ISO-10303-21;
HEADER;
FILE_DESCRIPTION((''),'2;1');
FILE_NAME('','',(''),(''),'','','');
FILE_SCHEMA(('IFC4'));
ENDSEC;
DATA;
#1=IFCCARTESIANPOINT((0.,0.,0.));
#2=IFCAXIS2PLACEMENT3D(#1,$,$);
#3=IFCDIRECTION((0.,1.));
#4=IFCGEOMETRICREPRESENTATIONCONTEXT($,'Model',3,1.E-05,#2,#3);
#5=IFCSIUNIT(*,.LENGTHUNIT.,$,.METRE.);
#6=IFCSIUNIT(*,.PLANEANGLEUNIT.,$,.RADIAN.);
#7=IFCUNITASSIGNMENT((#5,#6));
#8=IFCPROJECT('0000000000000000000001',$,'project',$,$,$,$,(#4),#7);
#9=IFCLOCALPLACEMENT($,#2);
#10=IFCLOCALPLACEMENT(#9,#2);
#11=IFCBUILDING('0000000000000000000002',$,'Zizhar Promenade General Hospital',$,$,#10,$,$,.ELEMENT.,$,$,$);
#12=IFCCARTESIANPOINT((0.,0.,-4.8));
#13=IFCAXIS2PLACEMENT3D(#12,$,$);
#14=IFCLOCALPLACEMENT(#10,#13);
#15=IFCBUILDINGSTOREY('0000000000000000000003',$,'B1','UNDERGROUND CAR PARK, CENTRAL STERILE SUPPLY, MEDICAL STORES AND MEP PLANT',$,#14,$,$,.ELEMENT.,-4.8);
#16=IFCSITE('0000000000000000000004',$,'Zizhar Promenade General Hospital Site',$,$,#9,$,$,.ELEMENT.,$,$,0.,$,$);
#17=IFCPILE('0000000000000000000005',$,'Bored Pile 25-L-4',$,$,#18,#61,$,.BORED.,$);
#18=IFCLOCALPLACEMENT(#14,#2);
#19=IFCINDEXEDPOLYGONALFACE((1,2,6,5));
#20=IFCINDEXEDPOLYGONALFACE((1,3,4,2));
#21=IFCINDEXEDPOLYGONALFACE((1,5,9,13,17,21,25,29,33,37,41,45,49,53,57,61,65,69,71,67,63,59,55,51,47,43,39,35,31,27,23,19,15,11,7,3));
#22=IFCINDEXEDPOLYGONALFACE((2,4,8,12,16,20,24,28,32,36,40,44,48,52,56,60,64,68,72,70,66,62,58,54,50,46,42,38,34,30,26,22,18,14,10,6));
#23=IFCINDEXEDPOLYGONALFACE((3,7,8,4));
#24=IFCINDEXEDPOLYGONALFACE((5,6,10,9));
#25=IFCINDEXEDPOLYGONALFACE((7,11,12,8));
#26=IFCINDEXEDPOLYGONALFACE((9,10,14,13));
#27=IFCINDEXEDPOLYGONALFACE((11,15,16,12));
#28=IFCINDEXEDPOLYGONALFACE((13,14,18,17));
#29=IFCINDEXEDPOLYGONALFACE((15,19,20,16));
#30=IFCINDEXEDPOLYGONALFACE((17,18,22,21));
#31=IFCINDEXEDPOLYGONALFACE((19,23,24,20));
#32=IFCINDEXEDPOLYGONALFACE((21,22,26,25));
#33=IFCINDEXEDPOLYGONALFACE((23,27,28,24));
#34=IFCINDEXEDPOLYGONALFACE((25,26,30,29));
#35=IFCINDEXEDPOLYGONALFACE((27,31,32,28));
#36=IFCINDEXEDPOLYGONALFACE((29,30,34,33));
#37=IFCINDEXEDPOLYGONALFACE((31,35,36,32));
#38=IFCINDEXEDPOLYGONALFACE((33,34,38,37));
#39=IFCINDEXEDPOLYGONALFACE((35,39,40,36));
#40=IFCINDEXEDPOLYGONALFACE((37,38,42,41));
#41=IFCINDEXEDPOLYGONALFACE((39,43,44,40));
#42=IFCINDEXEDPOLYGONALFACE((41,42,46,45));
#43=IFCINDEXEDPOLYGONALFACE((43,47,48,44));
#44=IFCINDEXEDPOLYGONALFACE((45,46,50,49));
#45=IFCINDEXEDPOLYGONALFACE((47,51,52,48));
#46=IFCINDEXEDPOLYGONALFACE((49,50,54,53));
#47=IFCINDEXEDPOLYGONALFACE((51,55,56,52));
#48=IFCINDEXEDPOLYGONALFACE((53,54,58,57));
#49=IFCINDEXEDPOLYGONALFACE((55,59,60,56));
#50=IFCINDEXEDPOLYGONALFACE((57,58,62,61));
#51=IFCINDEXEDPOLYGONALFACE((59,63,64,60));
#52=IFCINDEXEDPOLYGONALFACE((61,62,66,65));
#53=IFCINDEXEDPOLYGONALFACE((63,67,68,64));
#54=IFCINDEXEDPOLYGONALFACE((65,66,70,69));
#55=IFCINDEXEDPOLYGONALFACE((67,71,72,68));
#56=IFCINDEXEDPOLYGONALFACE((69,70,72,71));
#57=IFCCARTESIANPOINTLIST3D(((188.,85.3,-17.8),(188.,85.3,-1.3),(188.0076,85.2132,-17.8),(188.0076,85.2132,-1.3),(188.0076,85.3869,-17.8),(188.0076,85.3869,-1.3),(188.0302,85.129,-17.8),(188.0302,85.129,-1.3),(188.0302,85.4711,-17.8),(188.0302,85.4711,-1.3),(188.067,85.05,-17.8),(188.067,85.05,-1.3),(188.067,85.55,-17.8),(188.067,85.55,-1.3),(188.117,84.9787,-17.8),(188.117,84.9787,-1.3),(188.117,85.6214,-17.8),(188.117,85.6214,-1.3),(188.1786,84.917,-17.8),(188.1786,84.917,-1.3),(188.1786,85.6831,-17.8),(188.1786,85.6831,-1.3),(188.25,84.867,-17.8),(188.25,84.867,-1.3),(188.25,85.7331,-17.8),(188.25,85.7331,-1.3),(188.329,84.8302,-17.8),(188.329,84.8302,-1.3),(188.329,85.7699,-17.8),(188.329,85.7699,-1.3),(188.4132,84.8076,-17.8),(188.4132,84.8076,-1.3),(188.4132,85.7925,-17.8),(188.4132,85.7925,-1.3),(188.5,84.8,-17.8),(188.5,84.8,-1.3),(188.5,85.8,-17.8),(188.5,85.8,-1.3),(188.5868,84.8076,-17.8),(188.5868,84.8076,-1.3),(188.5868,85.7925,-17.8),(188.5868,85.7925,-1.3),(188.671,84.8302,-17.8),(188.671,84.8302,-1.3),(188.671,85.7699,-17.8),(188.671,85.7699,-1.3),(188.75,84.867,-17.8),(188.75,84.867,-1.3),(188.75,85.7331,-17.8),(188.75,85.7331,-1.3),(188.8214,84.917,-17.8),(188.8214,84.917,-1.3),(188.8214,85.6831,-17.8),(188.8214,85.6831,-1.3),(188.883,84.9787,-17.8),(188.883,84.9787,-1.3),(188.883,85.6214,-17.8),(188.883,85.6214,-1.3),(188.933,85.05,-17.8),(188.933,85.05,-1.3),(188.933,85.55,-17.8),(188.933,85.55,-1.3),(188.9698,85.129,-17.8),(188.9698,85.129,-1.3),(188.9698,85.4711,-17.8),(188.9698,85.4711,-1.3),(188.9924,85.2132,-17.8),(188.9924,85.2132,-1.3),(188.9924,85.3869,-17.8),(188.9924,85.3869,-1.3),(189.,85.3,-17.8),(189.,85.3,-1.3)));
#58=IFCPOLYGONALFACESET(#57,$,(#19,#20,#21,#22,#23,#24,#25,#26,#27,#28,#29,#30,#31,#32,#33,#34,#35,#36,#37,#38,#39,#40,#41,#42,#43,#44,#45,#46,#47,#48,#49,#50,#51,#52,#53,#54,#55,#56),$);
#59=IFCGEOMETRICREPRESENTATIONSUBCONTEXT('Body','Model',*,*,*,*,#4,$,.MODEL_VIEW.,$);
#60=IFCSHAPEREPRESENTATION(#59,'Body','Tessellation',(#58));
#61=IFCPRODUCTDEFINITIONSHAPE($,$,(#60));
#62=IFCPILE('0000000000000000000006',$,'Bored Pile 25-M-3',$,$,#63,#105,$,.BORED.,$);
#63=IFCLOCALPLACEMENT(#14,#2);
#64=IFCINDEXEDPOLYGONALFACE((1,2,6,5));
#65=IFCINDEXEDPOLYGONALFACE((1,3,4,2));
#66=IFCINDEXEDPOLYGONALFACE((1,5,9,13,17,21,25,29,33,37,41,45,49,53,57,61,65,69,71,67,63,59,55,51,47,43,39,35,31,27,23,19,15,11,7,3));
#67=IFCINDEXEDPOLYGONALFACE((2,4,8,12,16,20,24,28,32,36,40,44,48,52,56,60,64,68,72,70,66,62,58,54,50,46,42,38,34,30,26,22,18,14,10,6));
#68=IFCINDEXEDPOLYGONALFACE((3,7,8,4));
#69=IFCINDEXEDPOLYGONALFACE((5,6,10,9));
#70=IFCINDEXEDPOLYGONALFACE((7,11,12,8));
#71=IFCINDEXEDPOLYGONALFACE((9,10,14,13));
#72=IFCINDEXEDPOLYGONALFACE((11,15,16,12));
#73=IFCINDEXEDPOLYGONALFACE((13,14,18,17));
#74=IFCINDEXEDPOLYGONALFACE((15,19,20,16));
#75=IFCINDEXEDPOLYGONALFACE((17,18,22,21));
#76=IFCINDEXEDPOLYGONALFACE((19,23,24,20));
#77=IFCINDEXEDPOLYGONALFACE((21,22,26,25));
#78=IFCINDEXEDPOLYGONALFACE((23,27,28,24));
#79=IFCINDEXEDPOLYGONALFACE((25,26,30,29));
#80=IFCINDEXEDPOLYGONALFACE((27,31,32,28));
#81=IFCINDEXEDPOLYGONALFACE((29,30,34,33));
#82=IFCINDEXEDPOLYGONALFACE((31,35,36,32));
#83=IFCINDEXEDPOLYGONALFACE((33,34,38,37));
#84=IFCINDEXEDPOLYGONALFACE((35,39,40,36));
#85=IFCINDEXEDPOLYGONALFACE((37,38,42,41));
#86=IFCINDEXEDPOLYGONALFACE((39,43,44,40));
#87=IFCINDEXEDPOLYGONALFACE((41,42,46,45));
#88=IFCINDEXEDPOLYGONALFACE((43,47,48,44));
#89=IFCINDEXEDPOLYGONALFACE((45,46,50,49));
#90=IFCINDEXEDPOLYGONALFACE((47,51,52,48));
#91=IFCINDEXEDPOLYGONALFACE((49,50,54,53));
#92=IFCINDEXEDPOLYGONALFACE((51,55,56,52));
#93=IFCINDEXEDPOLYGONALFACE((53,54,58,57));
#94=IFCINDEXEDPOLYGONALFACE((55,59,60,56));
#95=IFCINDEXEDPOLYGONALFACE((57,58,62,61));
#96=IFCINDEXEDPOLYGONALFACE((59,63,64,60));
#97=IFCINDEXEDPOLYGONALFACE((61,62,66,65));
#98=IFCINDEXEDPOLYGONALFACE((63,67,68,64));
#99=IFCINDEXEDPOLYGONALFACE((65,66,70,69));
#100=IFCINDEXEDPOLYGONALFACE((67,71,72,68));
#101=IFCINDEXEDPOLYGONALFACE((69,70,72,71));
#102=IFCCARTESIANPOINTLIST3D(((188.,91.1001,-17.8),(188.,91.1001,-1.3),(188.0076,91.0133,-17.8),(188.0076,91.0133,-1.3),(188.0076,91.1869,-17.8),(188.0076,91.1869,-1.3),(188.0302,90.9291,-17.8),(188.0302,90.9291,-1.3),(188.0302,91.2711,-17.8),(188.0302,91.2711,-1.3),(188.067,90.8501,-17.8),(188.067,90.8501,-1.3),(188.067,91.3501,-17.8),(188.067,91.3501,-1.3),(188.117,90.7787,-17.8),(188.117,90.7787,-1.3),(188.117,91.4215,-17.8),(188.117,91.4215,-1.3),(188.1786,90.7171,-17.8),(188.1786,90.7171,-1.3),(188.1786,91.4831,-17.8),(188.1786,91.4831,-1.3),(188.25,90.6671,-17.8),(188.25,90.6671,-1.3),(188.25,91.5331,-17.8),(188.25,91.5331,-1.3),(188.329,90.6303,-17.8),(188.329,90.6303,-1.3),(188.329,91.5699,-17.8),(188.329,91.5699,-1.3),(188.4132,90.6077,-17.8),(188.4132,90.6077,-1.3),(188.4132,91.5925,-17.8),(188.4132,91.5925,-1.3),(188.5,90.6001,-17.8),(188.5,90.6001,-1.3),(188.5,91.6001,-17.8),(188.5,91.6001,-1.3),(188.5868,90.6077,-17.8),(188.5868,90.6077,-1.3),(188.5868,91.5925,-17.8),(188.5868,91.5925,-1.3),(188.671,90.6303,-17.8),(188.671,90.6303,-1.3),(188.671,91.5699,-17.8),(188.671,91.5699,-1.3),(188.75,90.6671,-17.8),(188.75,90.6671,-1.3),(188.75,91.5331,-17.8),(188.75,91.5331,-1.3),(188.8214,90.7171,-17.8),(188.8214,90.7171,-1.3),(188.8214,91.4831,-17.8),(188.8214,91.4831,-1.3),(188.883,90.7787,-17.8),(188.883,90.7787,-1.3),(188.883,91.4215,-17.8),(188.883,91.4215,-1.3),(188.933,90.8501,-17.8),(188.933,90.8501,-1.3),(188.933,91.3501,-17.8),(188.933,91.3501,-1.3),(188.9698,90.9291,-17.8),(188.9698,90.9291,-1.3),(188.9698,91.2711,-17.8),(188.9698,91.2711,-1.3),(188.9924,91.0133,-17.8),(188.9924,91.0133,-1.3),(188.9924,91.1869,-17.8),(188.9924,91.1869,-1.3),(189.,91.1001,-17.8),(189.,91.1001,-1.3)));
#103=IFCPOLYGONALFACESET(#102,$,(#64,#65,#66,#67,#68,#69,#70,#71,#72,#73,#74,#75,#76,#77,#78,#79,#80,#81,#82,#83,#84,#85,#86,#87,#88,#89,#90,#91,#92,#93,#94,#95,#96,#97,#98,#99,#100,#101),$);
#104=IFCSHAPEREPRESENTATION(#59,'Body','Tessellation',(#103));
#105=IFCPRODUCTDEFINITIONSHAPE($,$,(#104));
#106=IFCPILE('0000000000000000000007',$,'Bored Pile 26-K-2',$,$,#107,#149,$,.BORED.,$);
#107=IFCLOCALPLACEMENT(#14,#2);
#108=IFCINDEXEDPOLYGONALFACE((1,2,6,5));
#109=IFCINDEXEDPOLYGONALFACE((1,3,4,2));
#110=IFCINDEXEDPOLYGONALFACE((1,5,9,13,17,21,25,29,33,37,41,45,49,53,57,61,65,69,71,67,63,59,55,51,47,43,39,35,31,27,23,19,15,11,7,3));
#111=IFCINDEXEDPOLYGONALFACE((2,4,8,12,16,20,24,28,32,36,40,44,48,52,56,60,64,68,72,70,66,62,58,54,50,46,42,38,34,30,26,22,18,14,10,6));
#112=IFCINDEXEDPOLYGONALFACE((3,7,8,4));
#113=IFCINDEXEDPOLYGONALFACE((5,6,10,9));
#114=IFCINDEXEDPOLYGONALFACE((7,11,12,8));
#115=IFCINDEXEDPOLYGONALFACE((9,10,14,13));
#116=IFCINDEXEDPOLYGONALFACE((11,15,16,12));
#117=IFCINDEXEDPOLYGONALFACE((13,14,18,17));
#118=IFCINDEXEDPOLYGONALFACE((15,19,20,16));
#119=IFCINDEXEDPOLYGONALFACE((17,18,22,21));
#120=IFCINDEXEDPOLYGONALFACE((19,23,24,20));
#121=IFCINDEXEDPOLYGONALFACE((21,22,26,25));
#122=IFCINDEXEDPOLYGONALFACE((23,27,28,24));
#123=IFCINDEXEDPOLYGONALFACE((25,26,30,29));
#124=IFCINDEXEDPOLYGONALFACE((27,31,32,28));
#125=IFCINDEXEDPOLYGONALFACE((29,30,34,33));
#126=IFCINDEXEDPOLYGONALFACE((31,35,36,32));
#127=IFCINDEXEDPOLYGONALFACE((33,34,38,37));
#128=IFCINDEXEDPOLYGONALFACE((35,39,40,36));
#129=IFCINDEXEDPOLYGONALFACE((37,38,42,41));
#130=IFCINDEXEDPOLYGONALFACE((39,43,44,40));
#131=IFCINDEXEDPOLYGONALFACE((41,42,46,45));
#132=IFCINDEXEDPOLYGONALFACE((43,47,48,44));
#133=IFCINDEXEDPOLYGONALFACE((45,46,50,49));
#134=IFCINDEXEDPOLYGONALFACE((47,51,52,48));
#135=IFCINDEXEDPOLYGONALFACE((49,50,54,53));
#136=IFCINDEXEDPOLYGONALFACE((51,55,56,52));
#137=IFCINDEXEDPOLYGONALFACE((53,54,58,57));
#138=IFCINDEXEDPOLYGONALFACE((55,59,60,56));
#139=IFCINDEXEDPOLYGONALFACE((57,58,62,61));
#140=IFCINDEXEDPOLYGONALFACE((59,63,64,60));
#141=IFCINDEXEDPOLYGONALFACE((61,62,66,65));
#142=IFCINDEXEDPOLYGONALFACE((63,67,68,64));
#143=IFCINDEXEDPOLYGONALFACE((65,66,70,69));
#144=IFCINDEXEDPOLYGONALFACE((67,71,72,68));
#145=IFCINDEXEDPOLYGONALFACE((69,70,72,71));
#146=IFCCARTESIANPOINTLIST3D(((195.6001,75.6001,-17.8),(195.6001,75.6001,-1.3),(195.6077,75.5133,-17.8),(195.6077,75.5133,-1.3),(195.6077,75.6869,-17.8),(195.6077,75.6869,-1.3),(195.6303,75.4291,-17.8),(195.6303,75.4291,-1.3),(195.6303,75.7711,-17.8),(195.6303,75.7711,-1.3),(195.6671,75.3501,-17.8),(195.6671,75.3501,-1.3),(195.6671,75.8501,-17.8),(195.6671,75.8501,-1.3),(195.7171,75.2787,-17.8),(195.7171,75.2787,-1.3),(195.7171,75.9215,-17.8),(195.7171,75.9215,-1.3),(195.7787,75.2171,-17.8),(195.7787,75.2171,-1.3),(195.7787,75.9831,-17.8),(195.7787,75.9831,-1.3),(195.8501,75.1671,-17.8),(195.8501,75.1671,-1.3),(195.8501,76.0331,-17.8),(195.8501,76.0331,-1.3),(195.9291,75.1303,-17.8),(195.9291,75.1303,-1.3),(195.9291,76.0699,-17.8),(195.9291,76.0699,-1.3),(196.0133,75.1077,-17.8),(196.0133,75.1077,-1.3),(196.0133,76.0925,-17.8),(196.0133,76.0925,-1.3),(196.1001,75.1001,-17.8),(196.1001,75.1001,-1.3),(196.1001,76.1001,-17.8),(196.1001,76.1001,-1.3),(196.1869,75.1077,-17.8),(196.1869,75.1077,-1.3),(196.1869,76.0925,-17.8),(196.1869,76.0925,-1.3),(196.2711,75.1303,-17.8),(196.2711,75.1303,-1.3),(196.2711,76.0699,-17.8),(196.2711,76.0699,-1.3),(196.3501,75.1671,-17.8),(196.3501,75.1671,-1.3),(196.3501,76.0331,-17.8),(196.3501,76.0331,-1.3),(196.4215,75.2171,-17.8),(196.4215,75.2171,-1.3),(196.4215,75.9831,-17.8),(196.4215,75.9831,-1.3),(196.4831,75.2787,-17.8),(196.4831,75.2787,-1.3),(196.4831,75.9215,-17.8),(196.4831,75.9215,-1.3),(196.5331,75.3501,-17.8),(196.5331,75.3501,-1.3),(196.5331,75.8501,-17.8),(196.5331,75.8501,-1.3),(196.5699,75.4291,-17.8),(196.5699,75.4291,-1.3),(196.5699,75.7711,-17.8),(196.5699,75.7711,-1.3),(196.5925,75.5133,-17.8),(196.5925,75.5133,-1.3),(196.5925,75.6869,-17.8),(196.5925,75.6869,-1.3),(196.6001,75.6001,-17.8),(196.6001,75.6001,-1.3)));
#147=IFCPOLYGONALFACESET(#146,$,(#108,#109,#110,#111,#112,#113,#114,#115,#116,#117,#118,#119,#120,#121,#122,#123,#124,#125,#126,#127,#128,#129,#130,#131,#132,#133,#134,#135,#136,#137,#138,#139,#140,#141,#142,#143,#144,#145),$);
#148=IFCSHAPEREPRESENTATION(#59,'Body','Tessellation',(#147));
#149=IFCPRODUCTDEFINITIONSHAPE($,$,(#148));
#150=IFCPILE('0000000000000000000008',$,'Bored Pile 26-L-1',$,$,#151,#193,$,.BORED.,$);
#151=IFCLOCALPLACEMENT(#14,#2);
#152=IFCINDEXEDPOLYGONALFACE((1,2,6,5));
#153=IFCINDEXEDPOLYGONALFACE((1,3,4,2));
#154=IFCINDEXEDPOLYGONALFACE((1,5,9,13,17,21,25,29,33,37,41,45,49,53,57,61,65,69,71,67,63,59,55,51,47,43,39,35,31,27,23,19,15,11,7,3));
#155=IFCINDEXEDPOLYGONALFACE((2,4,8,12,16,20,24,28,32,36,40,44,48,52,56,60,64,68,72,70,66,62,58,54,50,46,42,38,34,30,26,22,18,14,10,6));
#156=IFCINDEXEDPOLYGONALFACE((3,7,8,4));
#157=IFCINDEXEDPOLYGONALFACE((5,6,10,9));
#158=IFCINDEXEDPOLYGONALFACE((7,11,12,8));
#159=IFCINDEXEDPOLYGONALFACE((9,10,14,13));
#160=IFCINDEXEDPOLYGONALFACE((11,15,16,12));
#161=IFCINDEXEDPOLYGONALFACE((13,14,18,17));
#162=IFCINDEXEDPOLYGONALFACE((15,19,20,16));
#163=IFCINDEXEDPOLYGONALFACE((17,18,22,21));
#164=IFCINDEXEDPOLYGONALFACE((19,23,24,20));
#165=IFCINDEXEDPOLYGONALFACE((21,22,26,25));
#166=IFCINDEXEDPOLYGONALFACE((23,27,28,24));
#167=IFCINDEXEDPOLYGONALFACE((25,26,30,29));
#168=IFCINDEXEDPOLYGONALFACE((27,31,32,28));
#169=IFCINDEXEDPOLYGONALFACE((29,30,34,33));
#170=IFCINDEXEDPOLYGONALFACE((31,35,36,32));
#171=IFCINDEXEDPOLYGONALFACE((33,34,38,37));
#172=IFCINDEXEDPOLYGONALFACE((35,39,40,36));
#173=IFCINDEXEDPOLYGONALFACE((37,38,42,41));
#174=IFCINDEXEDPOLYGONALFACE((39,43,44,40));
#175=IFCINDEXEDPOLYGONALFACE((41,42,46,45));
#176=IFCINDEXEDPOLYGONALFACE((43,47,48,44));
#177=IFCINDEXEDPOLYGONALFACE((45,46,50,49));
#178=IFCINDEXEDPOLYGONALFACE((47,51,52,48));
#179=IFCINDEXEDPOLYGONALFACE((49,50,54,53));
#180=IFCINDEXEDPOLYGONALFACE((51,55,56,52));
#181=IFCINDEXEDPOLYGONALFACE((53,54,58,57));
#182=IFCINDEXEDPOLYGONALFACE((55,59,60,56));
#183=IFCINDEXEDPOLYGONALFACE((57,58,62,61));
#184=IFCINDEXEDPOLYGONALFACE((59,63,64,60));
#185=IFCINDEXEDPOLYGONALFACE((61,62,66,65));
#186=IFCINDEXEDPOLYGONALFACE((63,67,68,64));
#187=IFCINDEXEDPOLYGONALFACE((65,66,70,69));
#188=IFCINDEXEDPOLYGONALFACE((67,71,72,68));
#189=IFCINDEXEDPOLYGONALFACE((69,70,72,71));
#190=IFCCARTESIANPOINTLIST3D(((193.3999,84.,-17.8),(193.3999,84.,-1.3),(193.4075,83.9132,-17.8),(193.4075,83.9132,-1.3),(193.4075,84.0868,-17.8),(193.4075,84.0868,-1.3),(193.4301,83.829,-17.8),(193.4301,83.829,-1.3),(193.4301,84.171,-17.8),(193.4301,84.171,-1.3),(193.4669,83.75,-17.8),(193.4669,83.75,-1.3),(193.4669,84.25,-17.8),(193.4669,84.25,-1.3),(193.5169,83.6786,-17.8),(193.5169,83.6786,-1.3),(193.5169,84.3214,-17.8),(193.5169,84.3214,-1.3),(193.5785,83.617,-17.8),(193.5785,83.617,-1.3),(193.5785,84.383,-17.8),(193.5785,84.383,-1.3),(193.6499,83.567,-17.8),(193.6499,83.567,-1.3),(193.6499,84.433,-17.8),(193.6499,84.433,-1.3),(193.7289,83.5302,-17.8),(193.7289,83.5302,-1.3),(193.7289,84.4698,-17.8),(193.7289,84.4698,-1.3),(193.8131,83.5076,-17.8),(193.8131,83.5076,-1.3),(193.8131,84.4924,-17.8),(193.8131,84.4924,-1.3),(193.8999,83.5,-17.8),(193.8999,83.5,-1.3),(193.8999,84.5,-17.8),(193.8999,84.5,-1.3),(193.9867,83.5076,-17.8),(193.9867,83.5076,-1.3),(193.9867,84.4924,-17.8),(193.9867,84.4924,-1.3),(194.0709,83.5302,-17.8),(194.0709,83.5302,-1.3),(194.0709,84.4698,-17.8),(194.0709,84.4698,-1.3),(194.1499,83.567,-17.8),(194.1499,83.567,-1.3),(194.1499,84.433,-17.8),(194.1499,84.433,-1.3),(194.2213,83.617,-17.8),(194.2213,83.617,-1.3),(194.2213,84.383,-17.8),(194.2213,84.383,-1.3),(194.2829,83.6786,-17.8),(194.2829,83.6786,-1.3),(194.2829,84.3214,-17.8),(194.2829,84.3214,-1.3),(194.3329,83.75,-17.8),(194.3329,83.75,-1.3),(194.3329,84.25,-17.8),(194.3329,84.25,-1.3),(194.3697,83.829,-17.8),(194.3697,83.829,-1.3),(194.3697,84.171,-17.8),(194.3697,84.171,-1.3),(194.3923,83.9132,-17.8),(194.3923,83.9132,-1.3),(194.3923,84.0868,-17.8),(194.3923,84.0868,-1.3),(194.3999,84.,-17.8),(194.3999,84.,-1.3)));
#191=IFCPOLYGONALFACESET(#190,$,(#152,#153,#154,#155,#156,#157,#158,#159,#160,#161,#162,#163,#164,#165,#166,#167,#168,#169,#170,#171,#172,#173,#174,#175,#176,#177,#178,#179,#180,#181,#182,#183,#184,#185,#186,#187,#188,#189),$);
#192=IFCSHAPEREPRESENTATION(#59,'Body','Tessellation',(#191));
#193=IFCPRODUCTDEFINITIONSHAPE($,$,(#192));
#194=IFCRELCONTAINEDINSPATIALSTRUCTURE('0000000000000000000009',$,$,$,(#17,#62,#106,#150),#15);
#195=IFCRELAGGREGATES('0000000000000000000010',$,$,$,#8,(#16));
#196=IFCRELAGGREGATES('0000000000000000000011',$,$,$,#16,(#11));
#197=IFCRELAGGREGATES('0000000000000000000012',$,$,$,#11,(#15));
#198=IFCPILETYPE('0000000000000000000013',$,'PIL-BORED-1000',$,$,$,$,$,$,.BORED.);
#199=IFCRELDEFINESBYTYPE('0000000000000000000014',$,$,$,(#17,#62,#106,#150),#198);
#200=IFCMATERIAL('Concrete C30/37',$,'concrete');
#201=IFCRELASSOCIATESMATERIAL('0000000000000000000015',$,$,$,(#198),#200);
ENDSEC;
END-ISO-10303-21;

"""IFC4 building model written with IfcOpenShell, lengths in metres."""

from ifc_helpers import new_model, si_unit, direction, frame, origin, origin_2d, place, context, subcontext, project, spatial, circle, extrude, material, material_profile, profile_set, type_object, element, save


model = new_model("IFC4")

# Units and contexts
model_context = context("Model", 3, precision=1e-05, world=origin(), true_north=direction((0.0, 1.0)))
body_context = subcontext(model_context, "Body", "Model", "MODEL_VIEW")
ifc_project = project(units=[si_unit("LENGTHUNIT", "METRE"), si_unit("PLANEANGLEUNIT", "RADIAN")], contexts=[model_context])

# Site, building, storey
site_placement = place(None, origin())
site = spatial("IfcSite", under=ifc_project, at=site_placement, Name="Zizhar Promenade General Hospital Site", CompositionType="ELEMENT", RefElevation=0.0)
building_placement = place(site_placement, origin())
building = spatial("IfcBuilding", under=site, at=building_placement, Name="Zizhar Promenade General Hospital", CompositionType="ELEMENT")
storey_placement = place(building_placement, frame((0.0, 0.0, -4.8)))
storey = spatial("IfcBuildingStorey", under=building, at=storey_placement, Name="B1", Description="UNDERGROUND CAR PARK, CENTRAL STERILE SUPPLY, MEDICAL STORES AND MEP PLANT", CompositionType="ELEMENT", Elevation=-4.8)

# Piles
ifc_material_1 = material(Name="Concrete C30/37", Category="concrete")
ifc_material_profile_1 = material_profile(ifc_material_1, circle(Radius=0.5, at=origin_2d()))
ifc_profile_set_1 = profile_set([ifc_material_profile_1], Name="Concrete C30/37")
pile_type = type_object("IfcPileType", Name="PIL-BORED-1000", PredefinedType="BORED", material=ifc_profile_set_1)
for number, where, z_axis, x_axis, name in (
    (1, (188.5, 85.3, -1.3), (0.0, 0.0, -1.0), (1.0, 0.0, 0.0), "Bored Pile 25-L-4"),
    (2, (188.5, 91.1001, -1.3), (0.0, 0.0, -1.0), (1.0, 0.0, 0.0), "Bored Pile 25-M-3"),
    (3, (196.1001, 75.6001, -1.3), (0.0, 0.0, -1.0), (1.0, 0.0, 0.0), "Bored Pile 26-K-2"),
    (4, (193.8999, 84.0, -1.3), (0.0, 0.0, -1.0), (1.0, 0.0, 0.0), "Bored Pile 26-L-1"),
):
    element("IfcPile", number, at=place(storey_placement, frame(where, z_axis=z_axis, x_axis=x_axis)), inside=storey, type_object=pile_type, Name=name, PredefinedType="BORED", context=body_context, shape_type="SweptSolid", body=[
        extrude(circle(Radius=0.5, at=origin_2d()), origin(), (0.0, 0.0, 1.0), 16.5),
    ])

save(model, "model.ifc")
